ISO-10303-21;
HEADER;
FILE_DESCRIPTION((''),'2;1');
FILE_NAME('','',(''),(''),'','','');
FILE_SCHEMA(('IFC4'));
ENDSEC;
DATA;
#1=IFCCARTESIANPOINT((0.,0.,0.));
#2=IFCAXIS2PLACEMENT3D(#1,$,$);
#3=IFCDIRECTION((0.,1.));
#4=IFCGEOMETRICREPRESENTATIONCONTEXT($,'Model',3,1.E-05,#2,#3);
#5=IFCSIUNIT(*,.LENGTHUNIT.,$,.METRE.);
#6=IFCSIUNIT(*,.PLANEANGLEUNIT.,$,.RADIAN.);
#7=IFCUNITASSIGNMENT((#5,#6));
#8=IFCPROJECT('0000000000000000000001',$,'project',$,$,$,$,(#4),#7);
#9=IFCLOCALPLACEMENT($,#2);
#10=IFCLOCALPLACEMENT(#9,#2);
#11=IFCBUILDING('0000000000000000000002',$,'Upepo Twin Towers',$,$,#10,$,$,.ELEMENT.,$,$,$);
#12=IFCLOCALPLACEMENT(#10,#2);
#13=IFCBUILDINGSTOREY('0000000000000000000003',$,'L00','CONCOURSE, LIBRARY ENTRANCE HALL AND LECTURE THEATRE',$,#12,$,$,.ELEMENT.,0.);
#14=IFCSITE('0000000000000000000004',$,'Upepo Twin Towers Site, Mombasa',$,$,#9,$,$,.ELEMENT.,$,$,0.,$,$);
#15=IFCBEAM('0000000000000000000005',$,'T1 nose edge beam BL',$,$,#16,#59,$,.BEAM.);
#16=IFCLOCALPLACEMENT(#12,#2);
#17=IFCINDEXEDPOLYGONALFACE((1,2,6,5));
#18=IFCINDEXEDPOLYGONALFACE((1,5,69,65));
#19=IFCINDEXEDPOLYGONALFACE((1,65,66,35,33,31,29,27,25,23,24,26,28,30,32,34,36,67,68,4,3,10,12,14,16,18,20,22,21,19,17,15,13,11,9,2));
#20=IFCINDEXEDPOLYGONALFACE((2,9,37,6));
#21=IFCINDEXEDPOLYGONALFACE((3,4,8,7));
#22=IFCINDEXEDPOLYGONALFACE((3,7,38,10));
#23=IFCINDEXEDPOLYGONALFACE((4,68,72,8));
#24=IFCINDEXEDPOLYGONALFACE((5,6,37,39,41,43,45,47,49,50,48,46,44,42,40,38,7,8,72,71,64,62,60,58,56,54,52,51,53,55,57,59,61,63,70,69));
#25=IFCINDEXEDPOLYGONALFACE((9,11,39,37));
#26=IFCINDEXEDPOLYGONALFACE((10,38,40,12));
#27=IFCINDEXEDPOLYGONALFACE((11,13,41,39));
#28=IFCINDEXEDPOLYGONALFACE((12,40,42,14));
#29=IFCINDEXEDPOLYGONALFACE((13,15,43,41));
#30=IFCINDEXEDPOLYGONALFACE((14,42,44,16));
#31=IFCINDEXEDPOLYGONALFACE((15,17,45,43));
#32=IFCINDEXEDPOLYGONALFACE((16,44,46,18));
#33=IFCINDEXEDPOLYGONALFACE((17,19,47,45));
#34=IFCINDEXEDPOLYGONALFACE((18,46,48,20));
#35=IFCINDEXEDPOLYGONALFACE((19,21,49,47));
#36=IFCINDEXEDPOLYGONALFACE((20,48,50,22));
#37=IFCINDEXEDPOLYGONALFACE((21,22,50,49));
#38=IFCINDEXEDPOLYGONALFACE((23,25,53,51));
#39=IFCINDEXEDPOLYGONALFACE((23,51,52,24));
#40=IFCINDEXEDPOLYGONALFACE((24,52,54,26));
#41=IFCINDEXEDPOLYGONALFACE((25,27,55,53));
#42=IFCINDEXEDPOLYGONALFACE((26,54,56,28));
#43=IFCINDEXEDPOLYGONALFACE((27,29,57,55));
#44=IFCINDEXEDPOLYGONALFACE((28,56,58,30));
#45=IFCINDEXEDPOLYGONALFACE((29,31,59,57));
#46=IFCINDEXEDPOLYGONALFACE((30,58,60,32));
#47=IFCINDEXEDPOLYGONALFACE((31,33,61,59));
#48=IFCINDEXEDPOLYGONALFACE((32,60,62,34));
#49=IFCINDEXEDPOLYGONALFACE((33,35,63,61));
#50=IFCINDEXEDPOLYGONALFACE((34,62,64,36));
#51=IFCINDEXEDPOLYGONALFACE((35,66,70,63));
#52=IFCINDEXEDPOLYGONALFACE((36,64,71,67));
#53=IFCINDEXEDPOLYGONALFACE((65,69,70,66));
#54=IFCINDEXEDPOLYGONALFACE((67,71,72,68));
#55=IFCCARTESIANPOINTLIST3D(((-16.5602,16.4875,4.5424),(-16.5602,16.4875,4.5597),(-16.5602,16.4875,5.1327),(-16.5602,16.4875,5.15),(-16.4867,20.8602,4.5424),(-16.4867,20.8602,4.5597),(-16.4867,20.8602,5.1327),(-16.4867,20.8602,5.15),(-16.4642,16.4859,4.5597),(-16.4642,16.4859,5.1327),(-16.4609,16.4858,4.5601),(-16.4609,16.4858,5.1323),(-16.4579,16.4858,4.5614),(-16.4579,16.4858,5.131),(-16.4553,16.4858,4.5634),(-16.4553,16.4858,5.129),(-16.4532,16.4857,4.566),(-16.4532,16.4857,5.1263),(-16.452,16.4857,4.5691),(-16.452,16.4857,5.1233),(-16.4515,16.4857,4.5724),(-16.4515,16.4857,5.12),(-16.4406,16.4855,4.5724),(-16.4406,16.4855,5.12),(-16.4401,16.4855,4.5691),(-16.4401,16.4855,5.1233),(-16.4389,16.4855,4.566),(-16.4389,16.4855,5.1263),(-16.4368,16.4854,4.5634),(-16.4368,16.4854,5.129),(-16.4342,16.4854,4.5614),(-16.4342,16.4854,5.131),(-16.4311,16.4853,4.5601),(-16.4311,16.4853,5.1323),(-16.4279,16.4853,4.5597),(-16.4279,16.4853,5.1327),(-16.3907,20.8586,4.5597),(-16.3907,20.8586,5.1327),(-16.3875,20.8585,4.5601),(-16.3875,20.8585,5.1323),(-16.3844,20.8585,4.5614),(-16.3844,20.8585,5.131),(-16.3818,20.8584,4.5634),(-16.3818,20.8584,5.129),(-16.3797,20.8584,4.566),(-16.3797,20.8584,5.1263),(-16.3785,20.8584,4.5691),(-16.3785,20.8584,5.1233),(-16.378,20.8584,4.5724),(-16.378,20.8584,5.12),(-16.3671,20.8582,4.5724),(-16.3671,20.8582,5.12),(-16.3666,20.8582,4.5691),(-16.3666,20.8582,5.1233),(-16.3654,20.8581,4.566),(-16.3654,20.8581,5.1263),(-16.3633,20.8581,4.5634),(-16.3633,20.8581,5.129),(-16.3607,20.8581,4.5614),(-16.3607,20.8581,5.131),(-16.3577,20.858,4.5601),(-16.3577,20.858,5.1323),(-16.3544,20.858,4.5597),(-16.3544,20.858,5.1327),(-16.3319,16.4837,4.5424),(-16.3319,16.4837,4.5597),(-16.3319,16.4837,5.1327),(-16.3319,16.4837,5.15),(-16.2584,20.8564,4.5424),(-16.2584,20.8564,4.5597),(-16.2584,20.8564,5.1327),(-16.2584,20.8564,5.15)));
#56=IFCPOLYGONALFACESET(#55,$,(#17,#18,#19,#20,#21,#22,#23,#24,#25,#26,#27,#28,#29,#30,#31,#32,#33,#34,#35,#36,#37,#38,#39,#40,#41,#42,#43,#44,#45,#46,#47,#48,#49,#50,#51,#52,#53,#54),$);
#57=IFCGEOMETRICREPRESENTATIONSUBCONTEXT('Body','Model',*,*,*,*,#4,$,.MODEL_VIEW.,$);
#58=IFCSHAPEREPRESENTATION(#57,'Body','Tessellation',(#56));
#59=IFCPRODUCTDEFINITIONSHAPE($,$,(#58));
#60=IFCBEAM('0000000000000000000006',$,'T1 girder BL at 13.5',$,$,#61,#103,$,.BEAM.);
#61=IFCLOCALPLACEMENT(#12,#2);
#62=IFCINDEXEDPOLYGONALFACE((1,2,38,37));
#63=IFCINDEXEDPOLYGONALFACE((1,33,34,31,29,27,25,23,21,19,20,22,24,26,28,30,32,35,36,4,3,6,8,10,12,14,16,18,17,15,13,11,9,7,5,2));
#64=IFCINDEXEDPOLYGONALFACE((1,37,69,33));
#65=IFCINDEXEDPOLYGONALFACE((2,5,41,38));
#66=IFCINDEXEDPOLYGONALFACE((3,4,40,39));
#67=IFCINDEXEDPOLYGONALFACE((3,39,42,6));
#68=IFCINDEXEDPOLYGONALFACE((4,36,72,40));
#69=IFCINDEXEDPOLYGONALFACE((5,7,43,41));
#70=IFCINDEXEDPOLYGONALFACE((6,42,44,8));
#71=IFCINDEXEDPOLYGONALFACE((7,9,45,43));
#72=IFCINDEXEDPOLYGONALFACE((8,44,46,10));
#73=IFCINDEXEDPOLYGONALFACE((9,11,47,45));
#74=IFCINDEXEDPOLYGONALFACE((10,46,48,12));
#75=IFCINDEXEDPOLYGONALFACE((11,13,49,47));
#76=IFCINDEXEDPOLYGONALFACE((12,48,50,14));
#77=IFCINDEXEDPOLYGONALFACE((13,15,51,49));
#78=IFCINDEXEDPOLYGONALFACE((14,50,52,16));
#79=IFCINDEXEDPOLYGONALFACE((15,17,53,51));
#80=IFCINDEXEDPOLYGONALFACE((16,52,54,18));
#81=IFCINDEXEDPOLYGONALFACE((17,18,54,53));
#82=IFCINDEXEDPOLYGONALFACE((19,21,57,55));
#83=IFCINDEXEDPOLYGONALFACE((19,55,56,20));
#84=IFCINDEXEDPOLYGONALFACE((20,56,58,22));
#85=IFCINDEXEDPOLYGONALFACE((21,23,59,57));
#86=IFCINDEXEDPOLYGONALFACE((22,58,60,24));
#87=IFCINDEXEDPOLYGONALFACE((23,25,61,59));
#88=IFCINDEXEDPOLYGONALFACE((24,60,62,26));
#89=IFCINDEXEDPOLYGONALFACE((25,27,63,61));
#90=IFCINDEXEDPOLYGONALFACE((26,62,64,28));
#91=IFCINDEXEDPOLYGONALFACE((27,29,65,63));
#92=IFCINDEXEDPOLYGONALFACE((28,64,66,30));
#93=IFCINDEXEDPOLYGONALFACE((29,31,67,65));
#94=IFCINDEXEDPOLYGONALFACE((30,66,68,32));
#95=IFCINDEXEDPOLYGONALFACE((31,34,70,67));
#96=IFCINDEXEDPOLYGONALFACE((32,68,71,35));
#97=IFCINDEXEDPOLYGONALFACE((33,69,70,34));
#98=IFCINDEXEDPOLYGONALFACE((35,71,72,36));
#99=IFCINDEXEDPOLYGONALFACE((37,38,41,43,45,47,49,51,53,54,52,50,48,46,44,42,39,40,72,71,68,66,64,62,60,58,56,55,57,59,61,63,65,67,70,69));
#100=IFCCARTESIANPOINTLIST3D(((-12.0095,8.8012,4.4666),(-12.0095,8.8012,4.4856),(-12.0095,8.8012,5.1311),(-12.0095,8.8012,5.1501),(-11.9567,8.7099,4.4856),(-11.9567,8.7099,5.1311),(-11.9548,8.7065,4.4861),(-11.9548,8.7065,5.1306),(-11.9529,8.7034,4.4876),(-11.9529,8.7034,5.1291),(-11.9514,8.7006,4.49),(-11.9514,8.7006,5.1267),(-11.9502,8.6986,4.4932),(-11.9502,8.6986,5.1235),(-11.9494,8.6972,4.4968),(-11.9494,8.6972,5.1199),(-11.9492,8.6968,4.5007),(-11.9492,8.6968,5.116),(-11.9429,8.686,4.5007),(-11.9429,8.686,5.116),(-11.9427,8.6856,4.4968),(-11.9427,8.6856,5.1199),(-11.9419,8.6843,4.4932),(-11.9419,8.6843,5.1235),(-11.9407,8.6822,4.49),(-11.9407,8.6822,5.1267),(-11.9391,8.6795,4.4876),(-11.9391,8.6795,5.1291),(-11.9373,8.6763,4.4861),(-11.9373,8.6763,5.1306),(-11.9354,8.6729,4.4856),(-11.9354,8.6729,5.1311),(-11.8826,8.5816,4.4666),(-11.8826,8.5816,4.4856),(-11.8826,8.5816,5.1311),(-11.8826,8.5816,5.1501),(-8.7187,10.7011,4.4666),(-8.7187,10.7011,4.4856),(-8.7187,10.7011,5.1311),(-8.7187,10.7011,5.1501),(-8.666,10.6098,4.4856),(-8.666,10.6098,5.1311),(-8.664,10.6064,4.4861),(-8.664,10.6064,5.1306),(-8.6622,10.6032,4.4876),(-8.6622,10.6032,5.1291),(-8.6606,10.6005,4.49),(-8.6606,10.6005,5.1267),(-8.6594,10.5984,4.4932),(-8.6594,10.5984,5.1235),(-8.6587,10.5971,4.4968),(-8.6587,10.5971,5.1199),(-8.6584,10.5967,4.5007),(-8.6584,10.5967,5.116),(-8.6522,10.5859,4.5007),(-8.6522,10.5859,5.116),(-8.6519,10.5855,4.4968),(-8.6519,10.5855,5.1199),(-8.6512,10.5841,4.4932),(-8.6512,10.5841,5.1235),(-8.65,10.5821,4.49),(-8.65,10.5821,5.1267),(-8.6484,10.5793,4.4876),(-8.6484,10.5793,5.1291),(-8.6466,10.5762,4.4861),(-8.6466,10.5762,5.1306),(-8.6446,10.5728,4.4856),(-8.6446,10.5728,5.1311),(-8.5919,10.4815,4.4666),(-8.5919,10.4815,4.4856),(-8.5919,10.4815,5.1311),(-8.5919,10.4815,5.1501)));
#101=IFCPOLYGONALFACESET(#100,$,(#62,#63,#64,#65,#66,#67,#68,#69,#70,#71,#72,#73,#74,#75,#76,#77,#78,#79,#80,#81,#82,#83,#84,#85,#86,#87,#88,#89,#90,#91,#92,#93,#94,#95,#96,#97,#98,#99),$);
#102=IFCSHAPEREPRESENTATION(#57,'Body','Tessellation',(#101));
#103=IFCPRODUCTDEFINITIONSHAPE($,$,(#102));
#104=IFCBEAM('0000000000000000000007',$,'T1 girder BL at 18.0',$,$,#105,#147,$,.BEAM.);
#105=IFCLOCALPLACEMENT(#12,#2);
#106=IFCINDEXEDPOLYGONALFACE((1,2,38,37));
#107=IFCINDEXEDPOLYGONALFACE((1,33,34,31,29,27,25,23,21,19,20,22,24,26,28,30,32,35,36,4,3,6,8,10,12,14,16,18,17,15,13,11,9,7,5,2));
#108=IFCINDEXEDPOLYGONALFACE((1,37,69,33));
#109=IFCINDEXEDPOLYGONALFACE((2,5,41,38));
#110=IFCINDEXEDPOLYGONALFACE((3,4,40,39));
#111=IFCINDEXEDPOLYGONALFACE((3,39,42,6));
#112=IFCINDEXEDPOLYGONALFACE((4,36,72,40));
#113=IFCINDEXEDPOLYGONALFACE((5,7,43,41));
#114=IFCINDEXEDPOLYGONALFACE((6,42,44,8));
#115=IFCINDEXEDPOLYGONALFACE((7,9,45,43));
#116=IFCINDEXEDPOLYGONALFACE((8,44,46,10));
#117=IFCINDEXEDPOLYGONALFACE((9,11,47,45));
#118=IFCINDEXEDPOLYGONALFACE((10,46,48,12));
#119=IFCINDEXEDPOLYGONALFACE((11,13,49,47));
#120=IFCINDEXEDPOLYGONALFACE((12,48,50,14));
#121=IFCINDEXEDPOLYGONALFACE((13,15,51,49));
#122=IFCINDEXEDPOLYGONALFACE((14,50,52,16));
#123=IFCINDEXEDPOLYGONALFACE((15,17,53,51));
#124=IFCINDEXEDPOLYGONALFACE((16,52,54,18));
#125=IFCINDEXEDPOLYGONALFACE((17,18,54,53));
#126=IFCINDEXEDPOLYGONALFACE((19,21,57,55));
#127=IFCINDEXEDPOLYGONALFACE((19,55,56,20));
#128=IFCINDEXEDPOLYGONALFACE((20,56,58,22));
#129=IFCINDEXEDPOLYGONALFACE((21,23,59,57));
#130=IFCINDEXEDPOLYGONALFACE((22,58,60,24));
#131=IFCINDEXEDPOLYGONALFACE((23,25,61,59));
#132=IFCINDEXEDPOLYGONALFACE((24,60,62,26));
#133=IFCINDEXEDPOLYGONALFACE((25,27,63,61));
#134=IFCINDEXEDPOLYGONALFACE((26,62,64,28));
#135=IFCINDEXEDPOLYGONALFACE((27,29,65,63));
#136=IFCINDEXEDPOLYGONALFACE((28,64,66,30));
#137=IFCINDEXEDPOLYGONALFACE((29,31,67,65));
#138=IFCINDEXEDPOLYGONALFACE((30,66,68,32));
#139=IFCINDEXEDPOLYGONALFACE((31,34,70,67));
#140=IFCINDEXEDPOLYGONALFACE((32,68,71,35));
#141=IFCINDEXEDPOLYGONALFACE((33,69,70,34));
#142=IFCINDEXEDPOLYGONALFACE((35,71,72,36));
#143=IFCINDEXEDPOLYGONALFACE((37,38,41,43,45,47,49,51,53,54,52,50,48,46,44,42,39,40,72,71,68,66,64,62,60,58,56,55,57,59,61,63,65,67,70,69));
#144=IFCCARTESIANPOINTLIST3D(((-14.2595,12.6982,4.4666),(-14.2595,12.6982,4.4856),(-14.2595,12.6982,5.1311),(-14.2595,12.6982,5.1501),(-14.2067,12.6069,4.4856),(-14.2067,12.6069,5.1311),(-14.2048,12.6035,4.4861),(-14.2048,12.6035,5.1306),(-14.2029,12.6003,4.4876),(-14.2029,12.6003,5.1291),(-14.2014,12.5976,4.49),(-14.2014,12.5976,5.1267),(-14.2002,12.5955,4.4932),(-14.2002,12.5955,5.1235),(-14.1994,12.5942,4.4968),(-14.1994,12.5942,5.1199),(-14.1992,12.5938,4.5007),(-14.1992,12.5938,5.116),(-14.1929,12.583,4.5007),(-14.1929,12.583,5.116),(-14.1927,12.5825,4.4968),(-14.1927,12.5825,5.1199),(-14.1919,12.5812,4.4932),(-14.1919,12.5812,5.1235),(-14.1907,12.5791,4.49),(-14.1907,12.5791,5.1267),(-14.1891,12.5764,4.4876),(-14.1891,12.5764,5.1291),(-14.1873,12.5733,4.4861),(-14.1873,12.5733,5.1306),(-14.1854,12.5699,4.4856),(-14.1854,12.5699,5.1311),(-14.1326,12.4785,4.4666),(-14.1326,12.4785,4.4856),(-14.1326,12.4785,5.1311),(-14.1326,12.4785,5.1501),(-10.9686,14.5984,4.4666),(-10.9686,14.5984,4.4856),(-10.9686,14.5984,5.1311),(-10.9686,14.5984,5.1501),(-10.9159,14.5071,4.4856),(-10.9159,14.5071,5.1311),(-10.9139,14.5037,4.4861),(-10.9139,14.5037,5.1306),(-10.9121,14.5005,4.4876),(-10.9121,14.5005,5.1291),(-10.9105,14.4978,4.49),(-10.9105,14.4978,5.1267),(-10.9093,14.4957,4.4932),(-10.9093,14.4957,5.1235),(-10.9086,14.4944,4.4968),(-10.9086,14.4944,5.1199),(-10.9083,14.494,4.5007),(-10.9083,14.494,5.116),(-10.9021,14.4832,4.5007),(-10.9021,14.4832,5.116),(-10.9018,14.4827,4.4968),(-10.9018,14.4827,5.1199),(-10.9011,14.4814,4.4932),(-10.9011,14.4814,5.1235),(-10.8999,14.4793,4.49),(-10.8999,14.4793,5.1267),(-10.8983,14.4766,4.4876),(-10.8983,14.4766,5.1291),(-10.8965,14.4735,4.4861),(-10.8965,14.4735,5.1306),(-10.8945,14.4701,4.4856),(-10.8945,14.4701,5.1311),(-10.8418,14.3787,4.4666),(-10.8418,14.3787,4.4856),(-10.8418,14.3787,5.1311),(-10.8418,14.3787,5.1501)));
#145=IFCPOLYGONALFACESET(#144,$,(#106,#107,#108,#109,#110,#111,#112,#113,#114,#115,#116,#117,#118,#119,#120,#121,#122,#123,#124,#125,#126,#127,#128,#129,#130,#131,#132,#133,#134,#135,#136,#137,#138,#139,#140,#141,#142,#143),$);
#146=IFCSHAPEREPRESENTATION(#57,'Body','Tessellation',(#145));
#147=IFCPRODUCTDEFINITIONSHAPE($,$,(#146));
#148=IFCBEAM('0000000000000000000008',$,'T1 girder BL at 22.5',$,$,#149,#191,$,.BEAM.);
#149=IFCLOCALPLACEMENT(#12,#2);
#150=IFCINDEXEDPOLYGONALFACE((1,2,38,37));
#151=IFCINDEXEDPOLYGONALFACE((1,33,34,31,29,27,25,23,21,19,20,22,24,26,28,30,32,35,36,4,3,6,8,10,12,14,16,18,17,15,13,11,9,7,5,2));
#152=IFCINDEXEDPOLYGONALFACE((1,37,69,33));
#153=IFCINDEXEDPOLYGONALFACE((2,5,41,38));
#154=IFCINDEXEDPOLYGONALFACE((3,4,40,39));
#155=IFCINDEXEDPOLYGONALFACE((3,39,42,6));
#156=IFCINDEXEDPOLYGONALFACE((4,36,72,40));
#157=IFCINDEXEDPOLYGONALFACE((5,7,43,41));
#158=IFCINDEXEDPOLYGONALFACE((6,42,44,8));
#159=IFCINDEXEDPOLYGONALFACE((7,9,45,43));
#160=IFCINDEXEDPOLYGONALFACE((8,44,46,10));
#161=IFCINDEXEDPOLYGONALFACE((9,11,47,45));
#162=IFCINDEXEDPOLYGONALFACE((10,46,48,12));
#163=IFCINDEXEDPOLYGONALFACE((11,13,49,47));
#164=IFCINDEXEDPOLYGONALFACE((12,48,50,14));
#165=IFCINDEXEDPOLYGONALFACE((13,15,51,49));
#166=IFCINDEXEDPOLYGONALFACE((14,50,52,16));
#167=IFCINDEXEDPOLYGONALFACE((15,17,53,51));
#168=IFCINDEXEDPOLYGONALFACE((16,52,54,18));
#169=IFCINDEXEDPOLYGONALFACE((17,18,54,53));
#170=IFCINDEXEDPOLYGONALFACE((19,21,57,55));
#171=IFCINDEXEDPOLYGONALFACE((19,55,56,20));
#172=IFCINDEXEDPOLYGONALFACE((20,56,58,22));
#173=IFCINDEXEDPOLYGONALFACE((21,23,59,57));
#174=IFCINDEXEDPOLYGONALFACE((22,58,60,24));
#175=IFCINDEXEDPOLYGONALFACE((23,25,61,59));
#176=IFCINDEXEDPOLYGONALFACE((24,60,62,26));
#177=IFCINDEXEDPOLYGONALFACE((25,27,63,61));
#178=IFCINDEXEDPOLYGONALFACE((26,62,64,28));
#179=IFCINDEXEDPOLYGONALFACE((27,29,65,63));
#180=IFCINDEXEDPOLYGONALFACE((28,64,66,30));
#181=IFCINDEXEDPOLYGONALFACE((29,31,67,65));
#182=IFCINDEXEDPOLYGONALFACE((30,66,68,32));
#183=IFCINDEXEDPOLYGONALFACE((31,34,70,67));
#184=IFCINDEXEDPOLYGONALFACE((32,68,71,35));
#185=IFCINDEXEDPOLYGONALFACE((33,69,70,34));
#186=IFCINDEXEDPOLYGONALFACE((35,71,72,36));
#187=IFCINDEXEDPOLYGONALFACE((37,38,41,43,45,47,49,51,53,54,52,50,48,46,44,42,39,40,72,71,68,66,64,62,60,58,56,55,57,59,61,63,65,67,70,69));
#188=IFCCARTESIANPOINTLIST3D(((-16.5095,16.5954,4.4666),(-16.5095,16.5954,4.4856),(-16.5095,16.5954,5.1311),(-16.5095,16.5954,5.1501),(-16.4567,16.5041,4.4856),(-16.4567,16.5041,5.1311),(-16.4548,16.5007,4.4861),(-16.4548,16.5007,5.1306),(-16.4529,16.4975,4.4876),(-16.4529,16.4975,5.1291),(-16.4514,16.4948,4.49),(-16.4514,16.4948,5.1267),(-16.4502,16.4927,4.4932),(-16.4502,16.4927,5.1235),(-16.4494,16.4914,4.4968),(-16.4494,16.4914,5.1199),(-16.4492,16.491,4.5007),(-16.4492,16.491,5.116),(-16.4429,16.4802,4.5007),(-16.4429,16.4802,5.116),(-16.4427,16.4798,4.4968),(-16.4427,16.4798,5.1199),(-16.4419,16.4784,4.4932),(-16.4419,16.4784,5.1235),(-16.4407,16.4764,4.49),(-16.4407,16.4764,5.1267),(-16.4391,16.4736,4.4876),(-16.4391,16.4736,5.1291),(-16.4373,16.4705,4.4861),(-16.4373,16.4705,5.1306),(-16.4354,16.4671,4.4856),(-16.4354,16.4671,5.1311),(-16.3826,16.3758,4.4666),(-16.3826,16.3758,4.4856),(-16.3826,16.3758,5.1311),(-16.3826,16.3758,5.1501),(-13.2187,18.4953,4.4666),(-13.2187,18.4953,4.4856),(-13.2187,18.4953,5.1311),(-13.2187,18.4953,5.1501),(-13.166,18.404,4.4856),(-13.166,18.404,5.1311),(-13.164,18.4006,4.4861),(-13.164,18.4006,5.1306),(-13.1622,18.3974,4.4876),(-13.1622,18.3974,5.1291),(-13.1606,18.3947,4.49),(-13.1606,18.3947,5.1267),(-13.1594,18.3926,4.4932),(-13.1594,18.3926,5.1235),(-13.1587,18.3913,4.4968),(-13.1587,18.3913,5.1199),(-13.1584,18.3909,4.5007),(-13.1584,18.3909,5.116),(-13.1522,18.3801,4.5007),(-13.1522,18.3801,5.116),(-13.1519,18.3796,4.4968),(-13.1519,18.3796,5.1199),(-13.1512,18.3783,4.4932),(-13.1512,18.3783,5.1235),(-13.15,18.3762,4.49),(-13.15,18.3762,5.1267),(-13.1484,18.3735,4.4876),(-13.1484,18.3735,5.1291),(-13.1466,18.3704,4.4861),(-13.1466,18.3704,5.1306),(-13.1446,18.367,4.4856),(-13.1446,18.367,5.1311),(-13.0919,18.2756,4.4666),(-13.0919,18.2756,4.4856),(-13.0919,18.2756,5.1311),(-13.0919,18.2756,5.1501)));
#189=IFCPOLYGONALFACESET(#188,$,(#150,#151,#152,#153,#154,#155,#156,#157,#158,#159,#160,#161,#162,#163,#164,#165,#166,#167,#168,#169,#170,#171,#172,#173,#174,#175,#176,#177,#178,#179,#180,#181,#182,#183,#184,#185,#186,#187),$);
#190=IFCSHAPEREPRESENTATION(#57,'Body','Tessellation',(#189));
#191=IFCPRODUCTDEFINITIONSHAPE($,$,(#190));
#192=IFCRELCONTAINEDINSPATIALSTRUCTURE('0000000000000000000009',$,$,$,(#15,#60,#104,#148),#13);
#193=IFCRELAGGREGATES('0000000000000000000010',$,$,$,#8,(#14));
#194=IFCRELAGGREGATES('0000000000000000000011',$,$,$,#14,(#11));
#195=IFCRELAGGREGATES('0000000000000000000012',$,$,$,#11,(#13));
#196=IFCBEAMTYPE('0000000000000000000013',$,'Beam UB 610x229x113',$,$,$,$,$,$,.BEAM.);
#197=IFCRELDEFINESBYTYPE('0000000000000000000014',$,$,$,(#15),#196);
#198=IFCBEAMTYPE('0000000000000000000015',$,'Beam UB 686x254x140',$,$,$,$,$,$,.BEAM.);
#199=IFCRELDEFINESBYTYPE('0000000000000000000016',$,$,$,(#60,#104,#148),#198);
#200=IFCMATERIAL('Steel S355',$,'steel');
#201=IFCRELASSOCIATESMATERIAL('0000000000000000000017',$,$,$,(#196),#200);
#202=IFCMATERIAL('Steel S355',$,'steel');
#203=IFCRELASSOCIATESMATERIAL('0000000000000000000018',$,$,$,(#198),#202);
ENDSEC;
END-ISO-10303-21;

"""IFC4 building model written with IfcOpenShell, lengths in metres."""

from ifc_helpers import new_model, si_unit, direction, frame, origin, origin_2d, place, context, subcontext, project, spatial, i_section, extrude, material, material_profile, profile_set, type_object, element, save


model = new_model("IFC4")

# Units and contexts
model_context = context("Model", 3, precision=1e-05, world=origin(), true_north=direction((0.0, 1.0)))
body_context = subcontext(model_context, "Body", "Model", "MODEL_VIEW")
ifc_project = project(units=[si_unit("LENGTHUNIT", "METRE"), si_unit("PLANEANGLEUNIT", "RADIAN")], contexts=[model_context])

# Site, building, storey
site_placement = place(None, origin())
site = spatial("IfcSite", under=ifc_project, at=site_placement, Name="Upepo Twin Towers Site, Mombasa", CompositionType="ELEMENT", RefElevation=0.0)
building_placement = place(site_placement, origin())
building = spatial("IfcBuilding", under=site, at=building_placement, Name="Upepo Twin Towers", CompositionType="ELEMENT")
storey_placement = place(building_placement, origin())
storey = spatial("IfcBuildingStorey", under=building, at=storey_placement, Name="L00", Description="CONCOURSE, LIBRARY ENTRANCE HALL AND LECTURE THEATRE", CompositionType="ELEMENT", Elevation=0.0)

# Beams
ifc_material_1 = material(Name="Steel S355", Category="steel")
ifc_material_profile_1 = material_profile(ifc_material_1, i_section(OverallWidth=0.2283, OverallDepth=0.6077, WebThickness=0.011, FlangeThickness=0.0173, FilletRadius=0.0127, at=origin_2d()), Name="UB 610x229x113")
ifc_profile_set_1 = profile_set([ifc_material_profile_1], Name="Steel S355")
beam_type_1 = type_object("IfcBeamType", Name="Beam UB 610x229x113", PredefinedType="BEAM", material=ifc_profile_set_1)
beam_1_placement = place(storey_placement, frame((-16.446, 16.4856, 4.8462), z_axis=(0.016804, 0.999859, 0.0), x_axis=(-0.999859, 0.016804, 0.0)))
element("IfcBeam", 1, at=beam_1_placement, inside=storey, type_object=beam_type_1, Name="T1 nose edge beam BL", PredefinedType="BEAM", context=body_context, shape_type="SweptSolid", body=[
    extrude(i_section(OverallWidth=0.2283, OverallDepth=0.6077, WebThickness=0.011, FlangeThickness=0.0173, FilletRadius=0.0127, at=origin_2d()), origin(), (0.0, 0.0, 1.0), 4.3733),
])
ifc_material_2 = material(Name="Steel S355", Category="steel")
ifc_material_profile_2 = material_profile(ifc_material_2, i_section(OverallWidth=0.2537, OverallDepth=0.6836, WebThickness=0.0125, FlangeThickness=0.019, FilletRadius=0.0151, at=origin_2d()), Name="UB 686x254x140")
ifc_profile_set_2 = profile_set([ifc_material_profile_2], Name="Steel S355")
beam_type_2 = type_object("IfcBeamType", Name="Beam UB 686x254x140", PredefinedType="BEAM", material=ifc_profile_set_2)
beam_2_placement = place(storey_placement, frame((-11.946, 8.6914, 4.8083), z_axis=(0.866028, 0.499995, 0.0), x_axis=(-0.499995, 0.866028, 0.0)))
element("IfcBeam", 2, at=beam_2_placement, inside=storey, type_object=beam_type_2, Name="T1 girder BL at 13.5", PredefinedType="BEAM", context=body_context, shape_type="SweptSolid", body=[
    extrude(i_section(OverallWidth=0.2537, OverallDepth=0.6836, WebThickness=0.0125, FlangeThickness=0.019, FilletRadius=0.0151, at=origin_2d()), origin(), (0.0, 0.0, 1.0), 3.7998),
])
beam_3_placement = place(storey_placement, frame((-14.196, 12.5884, 4.8083), z_axis=(0.866, 0.500043, 0.0), x_axis=(-0.500043, 0.866, 0.0)))
element("IfcBeam", 3, at=beam_3_placement, inside=storey, type_object=beam_type_2, Name="T1 girder BL at 18.0", PredefinedType="BEAM", context=body_context, shape_type="SweptSolid", body=[
    extrude(i_section(OverallWidth=0.2537, OverallDepth=0.6836, WebThickness=0.0125, FlangeThickness=0.019, FilletRadius=0.0151, at=origin_2d()), origin(), (0.0, 0.0, 1.0), 3.8),
])
beam_4_placement = place(storey_placement, frame((-16.446, 16.4856, 4.8083), z_axis=(0.866028, 0.499995, 0.0), x_axis=(-0.499995, 0.866028, 0.0)))
element("IfcBeam", 4, at=beam_4_placement, inside=storey, type_object=beam_type_2, Name="T1 girder BL at 22.5", PredefinedType="BEAM", context=body_context, shape_type="SweptSolid", body=[
    extrude(i_section(OverallWidth=0.2537, OverallDepth=0.6836, WebThickness=0.0125, FlangeThickness=0.019, FilletRadius=0.0151, at=origin_2d()), origin(), (0.0, 0.0, 1.0), 3.7998),
])

save(model, "model.ifc")
